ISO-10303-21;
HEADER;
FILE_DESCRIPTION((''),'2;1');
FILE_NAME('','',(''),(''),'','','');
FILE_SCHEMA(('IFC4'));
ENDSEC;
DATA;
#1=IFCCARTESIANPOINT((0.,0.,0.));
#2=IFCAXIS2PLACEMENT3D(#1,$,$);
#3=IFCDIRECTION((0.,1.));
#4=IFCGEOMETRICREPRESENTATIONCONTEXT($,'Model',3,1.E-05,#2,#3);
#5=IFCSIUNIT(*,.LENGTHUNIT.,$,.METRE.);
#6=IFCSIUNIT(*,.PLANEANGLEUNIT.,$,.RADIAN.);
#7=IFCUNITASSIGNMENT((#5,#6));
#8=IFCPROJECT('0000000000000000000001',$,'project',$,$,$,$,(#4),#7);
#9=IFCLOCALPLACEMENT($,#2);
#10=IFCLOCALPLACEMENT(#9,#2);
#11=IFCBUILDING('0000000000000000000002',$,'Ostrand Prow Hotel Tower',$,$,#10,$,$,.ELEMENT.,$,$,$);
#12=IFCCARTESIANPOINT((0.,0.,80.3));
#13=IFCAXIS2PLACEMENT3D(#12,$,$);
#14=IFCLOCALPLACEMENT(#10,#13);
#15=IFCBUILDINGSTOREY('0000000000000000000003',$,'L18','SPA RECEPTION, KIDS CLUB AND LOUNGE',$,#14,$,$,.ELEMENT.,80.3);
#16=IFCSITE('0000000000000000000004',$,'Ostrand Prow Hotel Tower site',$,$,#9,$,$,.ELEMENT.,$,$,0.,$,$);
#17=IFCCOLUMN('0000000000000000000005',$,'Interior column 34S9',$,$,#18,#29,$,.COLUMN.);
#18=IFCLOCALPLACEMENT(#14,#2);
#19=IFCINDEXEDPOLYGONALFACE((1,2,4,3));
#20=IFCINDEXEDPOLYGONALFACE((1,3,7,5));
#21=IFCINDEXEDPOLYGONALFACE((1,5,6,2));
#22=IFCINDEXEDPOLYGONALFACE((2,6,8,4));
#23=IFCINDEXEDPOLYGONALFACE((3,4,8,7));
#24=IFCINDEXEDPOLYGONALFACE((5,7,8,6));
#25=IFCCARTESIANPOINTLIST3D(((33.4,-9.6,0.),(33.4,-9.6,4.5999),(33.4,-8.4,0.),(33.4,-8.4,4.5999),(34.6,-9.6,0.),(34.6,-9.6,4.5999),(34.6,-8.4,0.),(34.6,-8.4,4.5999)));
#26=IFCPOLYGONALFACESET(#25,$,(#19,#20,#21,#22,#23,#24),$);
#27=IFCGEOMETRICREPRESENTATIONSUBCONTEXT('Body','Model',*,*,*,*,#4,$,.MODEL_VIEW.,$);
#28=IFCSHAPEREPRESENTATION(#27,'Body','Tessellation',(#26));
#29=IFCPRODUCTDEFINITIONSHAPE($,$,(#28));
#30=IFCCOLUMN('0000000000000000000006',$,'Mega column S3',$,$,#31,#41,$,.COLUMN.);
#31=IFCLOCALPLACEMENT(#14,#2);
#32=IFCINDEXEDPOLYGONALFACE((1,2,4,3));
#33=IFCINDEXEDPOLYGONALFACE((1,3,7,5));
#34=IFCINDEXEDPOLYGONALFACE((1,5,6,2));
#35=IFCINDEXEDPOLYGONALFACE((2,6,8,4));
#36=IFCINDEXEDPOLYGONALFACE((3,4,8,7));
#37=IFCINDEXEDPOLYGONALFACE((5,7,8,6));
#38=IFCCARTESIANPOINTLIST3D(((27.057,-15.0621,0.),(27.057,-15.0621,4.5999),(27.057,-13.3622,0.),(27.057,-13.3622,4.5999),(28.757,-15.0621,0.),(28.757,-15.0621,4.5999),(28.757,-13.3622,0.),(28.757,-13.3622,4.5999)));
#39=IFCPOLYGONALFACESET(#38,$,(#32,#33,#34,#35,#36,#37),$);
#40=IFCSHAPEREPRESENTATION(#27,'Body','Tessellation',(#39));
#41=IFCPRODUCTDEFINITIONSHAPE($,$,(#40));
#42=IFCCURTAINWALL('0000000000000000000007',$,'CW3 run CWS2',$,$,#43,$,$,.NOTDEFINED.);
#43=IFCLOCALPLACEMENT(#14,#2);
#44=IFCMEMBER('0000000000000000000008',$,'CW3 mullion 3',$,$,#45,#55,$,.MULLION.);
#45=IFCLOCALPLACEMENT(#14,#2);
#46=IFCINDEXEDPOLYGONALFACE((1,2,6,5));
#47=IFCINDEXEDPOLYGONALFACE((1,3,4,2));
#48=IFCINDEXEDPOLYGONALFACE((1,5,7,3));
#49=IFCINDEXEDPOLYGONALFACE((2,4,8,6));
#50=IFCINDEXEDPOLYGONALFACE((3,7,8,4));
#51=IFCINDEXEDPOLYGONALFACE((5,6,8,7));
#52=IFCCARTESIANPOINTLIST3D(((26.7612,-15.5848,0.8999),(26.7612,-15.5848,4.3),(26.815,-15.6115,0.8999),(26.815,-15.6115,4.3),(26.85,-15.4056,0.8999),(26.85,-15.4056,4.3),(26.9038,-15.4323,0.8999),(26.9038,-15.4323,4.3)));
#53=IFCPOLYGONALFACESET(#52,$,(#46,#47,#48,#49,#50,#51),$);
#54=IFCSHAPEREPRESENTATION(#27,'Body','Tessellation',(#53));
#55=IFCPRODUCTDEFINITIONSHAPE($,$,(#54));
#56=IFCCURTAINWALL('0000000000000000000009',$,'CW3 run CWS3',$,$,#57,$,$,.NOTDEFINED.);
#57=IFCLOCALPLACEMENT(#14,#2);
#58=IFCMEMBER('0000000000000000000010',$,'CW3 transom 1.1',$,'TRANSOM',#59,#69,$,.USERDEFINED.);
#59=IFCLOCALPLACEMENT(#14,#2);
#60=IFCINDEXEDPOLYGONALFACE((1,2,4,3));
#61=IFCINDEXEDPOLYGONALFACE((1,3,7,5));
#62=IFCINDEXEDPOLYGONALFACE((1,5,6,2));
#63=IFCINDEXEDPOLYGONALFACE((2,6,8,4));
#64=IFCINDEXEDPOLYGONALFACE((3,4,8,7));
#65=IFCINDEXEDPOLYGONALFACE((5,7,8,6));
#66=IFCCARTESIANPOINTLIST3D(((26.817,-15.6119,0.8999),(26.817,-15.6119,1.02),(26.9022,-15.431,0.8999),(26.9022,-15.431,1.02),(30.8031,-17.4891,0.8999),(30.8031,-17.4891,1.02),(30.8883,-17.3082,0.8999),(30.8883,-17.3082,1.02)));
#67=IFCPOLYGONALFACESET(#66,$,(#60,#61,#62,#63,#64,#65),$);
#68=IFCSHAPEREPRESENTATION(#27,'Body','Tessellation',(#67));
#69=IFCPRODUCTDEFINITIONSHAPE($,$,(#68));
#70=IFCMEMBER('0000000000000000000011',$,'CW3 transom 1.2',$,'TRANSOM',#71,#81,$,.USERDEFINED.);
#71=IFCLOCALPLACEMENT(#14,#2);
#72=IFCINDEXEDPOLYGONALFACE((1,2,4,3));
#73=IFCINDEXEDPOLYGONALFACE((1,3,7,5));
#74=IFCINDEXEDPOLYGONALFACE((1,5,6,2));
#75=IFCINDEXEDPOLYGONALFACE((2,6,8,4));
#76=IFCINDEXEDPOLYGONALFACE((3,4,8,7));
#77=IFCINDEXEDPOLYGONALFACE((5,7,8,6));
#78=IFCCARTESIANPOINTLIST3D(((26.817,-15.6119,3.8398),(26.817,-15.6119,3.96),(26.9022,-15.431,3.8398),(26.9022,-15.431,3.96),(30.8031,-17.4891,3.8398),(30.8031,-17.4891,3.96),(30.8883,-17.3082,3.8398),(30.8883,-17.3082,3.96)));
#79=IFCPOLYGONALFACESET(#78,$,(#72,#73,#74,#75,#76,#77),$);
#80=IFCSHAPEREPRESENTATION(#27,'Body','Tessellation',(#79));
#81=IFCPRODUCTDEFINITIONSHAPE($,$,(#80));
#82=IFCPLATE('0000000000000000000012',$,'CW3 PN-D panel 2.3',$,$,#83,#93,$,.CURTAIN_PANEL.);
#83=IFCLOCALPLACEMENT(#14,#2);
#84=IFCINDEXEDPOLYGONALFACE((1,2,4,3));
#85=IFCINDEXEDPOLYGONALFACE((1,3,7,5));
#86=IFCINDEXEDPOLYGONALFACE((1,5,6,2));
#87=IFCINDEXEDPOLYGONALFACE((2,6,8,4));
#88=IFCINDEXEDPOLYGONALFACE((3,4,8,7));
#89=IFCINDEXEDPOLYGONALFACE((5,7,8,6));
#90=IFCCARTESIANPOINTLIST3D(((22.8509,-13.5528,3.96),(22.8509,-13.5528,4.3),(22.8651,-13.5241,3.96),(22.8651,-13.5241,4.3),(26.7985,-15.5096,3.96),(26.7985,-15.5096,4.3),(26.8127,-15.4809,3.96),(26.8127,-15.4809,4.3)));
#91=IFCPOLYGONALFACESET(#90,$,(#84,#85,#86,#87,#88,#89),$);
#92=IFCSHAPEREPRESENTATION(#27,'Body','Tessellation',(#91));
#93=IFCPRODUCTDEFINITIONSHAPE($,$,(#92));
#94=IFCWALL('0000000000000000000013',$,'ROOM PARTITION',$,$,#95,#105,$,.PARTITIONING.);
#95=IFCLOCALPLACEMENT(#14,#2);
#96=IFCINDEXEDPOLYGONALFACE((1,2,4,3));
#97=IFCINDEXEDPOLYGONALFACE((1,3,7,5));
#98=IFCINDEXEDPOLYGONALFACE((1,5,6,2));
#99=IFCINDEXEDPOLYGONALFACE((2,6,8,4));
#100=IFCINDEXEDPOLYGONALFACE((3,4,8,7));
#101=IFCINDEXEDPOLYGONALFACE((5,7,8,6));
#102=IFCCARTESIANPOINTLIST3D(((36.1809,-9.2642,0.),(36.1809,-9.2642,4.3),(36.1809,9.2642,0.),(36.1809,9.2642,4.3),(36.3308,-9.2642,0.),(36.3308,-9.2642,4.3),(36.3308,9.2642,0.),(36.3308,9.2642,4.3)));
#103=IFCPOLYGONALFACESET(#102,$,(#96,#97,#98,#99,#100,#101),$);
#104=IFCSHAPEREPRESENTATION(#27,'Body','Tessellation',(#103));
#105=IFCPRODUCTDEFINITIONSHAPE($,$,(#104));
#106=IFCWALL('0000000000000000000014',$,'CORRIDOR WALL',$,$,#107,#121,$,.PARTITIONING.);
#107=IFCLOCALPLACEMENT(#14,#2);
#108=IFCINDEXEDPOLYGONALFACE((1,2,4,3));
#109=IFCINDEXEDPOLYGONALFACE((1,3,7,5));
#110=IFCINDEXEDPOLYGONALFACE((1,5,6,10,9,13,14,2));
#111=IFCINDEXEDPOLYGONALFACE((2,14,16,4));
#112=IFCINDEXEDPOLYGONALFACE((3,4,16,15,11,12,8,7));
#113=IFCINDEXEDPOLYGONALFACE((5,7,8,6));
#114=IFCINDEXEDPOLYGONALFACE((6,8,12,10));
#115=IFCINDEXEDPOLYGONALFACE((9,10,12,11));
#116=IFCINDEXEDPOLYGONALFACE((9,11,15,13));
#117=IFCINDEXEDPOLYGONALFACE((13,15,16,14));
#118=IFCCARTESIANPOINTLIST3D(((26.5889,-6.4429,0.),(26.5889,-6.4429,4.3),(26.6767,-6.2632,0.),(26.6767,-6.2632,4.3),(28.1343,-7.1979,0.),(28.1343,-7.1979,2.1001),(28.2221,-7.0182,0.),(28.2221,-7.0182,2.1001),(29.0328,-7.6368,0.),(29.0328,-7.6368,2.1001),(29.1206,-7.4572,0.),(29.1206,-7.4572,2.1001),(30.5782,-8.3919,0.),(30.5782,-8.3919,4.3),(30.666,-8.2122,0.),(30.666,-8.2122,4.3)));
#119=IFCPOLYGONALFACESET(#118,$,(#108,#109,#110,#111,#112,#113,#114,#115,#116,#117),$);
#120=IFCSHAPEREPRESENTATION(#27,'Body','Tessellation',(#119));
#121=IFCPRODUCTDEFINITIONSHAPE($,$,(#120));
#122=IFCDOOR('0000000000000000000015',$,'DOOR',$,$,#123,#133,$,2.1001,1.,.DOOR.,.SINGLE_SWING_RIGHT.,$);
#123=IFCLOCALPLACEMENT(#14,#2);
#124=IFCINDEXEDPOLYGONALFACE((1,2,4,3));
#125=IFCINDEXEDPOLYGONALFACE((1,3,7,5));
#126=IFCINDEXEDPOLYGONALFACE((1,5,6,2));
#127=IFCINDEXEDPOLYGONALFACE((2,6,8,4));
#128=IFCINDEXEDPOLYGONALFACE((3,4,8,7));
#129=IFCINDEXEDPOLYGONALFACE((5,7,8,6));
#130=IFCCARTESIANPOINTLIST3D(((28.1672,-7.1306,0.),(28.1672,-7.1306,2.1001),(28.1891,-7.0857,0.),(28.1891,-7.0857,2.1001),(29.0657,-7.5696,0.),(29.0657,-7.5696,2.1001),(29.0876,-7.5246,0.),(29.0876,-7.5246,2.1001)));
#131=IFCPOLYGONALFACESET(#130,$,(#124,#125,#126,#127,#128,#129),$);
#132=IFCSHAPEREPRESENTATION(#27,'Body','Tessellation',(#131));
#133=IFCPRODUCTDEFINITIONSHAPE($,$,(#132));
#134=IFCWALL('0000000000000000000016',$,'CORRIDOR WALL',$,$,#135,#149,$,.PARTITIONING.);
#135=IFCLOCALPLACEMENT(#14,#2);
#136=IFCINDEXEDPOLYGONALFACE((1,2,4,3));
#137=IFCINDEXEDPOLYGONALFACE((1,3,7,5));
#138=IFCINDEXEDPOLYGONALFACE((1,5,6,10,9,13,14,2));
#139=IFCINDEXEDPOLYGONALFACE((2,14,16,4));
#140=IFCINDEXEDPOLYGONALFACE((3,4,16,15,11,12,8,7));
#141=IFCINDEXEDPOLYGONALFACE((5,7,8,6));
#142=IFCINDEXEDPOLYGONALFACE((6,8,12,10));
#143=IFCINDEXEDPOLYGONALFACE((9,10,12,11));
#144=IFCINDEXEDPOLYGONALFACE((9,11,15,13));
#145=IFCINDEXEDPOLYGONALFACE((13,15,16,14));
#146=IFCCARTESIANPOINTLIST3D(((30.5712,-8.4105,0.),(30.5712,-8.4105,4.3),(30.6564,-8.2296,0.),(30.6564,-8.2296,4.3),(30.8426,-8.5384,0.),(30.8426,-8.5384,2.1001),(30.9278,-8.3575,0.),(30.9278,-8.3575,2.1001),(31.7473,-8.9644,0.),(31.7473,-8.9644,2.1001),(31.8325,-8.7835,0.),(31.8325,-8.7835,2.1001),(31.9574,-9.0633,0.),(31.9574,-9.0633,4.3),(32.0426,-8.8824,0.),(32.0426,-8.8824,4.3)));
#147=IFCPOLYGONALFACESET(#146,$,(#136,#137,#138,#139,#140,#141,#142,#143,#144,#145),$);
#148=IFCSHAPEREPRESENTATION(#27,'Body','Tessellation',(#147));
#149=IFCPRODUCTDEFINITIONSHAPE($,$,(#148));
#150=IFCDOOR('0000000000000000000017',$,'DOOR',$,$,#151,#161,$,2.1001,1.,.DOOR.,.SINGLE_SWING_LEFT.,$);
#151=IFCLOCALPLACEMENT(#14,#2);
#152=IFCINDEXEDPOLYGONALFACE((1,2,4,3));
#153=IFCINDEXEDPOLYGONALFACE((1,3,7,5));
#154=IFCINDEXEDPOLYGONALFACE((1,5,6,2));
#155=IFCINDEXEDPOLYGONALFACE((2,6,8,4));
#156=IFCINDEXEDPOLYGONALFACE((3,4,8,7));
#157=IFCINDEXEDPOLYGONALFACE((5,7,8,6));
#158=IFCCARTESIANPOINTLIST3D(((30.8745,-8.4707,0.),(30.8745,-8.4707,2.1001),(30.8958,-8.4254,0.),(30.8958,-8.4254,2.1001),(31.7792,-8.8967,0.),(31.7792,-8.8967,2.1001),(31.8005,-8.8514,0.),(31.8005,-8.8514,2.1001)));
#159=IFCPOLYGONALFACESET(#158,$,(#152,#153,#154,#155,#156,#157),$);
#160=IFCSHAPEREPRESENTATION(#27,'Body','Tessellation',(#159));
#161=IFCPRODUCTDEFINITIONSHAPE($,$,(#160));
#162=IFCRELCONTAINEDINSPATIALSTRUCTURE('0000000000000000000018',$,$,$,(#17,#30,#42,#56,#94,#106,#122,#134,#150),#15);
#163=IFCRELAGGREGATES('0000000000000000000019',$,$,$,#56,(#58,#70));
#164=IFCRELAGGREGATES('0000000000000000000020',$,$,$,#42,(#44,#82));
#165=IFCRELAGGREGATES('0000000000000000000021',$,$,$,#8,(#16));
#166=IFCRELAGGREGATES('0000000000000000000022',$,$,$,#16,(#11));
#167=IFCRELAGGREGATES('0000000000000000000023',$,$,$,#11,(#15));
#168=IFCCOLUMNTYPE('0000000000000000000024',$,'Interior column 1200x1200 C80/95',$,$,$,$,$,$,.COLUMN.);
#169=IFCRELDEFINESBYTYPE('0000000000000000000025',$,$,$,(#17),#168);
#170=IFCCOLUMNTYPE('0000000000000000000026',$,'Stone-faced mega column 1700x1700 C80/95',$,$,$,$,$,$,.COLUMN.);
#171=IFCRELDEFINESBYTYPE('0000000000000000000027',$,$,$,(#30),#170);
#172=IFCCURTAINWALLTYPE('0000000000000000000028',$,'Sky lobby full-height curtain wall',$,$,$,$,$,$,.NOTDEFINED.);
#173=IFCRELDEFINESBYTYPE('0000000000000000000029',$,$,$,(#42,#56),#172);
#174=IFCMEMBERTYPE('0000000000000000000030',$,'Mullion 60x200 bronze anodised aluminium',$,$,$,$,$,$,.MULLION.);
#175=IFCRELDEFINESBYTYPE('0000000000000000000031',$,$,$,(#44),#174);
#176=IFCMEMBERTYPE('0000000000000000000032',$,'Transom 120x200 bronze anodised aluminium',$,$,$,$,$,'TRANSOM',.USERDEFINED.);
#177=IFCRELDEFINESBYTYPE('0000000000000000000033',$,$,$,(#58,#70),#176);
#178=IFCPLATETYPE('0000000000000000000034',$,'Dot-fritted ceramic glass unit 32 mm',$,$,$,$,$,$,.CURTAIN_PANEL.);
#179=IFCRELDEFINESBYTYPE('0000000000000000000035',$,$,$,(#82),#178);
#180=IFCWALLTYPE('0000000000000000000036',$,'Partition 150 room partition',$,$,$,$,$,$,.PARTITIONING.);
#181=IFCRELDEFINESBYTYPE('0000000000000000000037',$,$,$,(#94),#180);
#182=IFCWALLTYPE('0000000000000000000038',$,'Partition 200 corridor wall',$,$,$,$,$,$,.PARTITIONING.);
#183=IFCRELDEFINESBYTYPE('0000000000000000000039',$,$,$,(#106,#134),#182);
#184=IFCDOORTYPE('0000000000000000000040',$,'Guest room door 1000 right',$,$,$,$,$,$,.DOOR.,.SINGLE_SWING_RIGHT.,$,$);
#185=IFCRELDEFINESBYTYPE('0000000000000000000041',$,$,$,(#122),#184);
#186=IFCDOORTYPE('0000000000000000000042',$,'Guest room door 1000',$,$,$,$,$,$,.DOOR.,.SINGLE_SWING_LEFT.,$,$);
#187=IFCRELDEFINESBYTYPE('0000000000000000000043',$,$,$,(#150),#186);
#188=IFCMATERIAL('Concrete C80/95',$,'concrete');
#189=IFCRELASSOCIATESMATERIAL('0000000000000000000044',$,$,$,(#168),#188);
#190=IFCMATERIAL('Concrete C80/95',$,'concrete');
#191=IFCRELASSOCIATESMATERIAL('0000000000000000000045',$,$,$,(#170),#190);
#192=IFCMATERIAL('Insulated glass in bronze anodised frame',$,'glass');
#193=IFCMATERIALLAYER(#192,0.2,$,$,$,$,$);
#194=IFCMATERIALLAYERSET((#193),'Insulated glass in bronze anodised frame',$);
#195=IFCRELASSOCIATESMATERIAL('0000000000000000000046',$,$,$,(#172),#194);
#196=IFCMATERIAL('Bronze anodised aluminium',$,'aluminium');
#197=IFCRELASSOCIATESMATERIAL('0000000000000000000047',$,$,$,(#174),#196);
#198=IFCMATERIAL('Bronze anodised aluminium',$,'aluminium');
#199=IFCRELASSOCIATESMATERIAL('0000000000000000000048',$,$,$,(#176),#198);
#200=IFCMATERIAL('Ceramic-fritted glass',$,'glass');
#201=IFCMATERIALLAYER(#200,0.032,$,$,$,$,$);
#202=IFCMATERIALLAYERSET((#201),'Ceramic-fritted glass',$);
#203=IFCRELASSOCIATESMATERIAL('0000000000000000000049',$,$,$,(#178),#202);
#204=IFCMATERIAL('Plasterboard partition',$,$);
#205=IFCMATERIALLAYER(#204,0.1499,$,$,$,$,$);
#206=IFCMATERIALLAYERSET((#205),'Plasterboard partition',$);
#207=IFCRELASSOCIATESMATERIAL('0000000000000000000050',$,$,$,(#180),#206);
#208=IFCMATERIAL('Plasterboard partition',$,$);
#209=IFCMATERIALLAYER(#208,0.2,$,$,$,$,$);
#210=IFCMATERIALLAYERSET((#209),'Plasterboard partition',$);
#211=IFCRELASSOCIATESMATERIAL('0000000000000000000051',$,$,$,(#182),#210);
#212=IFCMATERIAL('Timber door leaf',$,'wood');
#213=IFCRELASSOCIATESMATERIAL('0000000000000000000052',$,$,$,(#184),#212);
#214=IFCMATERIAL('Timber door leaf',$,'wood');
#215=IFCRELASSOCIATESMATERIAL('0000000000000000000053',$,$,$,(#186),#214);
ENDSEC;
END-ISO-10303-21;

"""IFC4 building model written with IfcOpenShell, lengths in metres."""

from ifc_helpers import new_model, si_unit, direction, frame, frame_2d, origin, origin_2d, place, context, subcontext, project, spatial, rectangle, extrude, material, layer, layer_set, material_profile, profile_set, type_object, element, fill, aggregate, save


model = new_model("IFC4")

# Units and contexts
model_context = context("Model", 3, precision=1e-05, world=origin(), true_north=direction((0.0, 1.0)))
body_context = subcontext(model_context, "Body", "Model", "MODEL_VIEW")
ifc_project = project(units=[si_unit("LENGTHUNIT", "METRE"), si_unit("PLANEANGLEUNIT", "RADIAN")], contexts=[model_context])

# Site, building, storey
site_placement = place(None, origin())
site = spatial("IfcSite", under=ifc_project, at=site_placement, Name="Ostrand Prow Hotel Tower site", CompositionType="ELEMENT", RefElevation=0.0)
building_placement = place(site_placement, origin())
building = spatial("IfcBuilding", under=site, at=building_placement, Name="Ostrand Prow Hotel Tower", CompositionType="ELEMENT")
storey_placement = place(building_placement, frame((0.0, 0.0, 80.3)))
storey = spatial("IfcBuildingStorey", under=building, at=storey_placement, Name="L18", Description="SPA RECEPTION, KIDS CLUB AND LOUNGE", CompositionType="ELEMENT", Elevation=80.3)

# Columns
ifc_material_1 = material(Name="Concrete C80/95", Category="concrete")
ifc_material_profile_1 = material_profile(ifc_material_1, rectangle(XDim=1.2, YDim=1.2, at=origin_2d()), Name="RC 1200x1200")
ifc_profile_set_1 = profile_set([ifc_material_profile_1], Name="Concrete C80/95")
column_type_1 = type_object("IfcColumnType", Name="Interior column 1200x1200 C80/95", PredefinedType="COLUMN", material=ifc_profile_set_1)
column_1_placement = place(storey_placement, frame((34.0, -9.0, 0.0), z_axis=(0.0, 0.0, 1.0), x_axis=(1.0, 0.0, 0.0)))
element("IfcColumn", 1, at=column_1_placement, inside=storey, type_object=column_type_1, Name="Interior column 34S9", PredefinedType="COLUMN", context=body_context, shape_type="SweptSolid", body=[
    extrude(rectangle(XDim=1.2, YDim=1.2, at=origin_2d()), origin(), (0.0, 0.0, 1.0), 4.5999),
])
ifc_material_2 = material(Name="Concrete C80/95", Category="concrete")
ifc_material_profile_2 = material_profile(ifc_material_2, rectangle(XDim=1.7, YDim=1.7, at=origin_2d()), Name="RC 1700x1700")
ifc_profile_set_2 = profile_set([ifc_material_profile_2], Name="Concrete C80/95")
column_type_2 = type_object("IfcColumnType", Name="Stone-faced mega column 1700x1700 C80/95", PredefinedType="COLUMN", material=ifc_profile_set_2)
column_2_placement = place(storey_placement, frame((27.907, -14.2122, 0.0), z_axis=(0.0, 0.0, 1.0), x_axis=(1.0, 0.0, 0.0)))
element("IfcColumn", 2, at=column_2_placement, inside=storey, type_object=column_type_2, Name="Mega column S3", PredefinedType="COLUMN", context=body_context, shape_type="SweptSolid", body=[
    extrude(rectangle(XDim=1.7, YDim=1.7, at=origin_2d()), origin(), (0.0, 0.0, 1.0), 4.5999),
])

# Curtain wall, member
ifc_material_3 = material(Name="Insulated glass in bronze anodised frame", Category="glass")
ifc_layer_1 = layer(ifc_material_3, 0.2)
ifc_layer_set_1 = layer_set([ifc_layer_1], Name="Insulated glass in bronze anodised frame")
curtain_wall_type = type_object("IfcCurtainWallType", Name="Sky lobby full-height curtain wall", PredefinedType="NOTDEFINED", material=ifc_layer_set_1)
curtain_wall_1_placement = place(storey_placement, origin())
curtain_wall_1 = element("IfcCurtainWall", 3, at=curtain_wall_1_placement, inside=storey, type_object=curtain_wall_type, Name="CW3 run CWS2", PredefinedType="NOTDEFINED")
ifc_material_4 = material(Name="Bronze anodised aluminium", Category="aluminium")
ifc_material_profile_3 = material_profile(ifc_material_4, rectangle(XDim=0.2, YDim=0.0601, at=origin_2d()), Name="Mullion 60x200 bronze anodised aluminium")
ifc_profile_set_3 = profile_set([ifc_material_profile_3], Name="Bronze anodised aluminium")
member_type_1 = type_object("IfcMemberType", Name="Mullion 60x200 bronze anodised aluminium", PredefinedType="MULLION", material=ifc_profile_set_3)
member_1_placement = place(storey_placement, frame((26.8325, -15.5085, 0.8999), z_axis=(0.0, 0.0, 1.0), x_axis=(0.444113, 0.895971, 0.0)))
member_1 = element("IfcMember", 4, at=member_1_placement, type_object=member_type_1, Name="CW3 mullion 3", PredefinedType="MULLION", context=body_context, shape_type="SweptSolid", body=[
    extrude(rectangle(XDim=0.2, YDim=0.0601, at=origin_2d()), origin(), (0.0, 0.0, 1.0), 3.4001),
])

# Curtain wall, members
curtain_wall_2_placement = place(storey_placement, origin())
curtain_wall_2 = element("IfcCurtainWall", 5, at=curtain_wall_2_placement, inside=storey, type_object=curtain_wall_type, Name="CW3 run CWS3", PredefinedType="NOTDEFINED")
ifc_material_5 = material(Name="Bronze anodised aluminium", Category="aluminium")
ifc_material_profile_4 = material_profile(ifc_material_5, rectangle(XDim=0.2, YDim=0.1201, at=origin_2d()), Name="Transom 120x200 bronze anodised aluminium")
ifc_profile_set_4 = profile_set([ifc_material_profile_4], Name="Bronze anodised aluminium")
member_type_2 = type_object("IfcMemberType", Name="Transom 120x200 bronze anodised aluminium", ElementType="TRANSOM", PredefinedType="USERDEFINED", material=ifc_profile_set_4)
member_2_placement = place(storey_placement, frame((26.8596, -15.5215, 0.96), z_axis=(0.904697, -0.426056, 0.0), x_axis=(0.426056, 0.904697, 0.0)))
member_2 = element("IfcMember", 6, at=member_2_placement, type_object=member_type_2, Name="CW3 transom 1.1", ObjectType="TRANSOM", PredefinedType="USERDEFINED", context=body_context, shape_type="SweptSolid", body=[
    extrude(rectangle(XDim=0.2, YDim=0.1201, at=origin_2d()), origin(), (0.0, 0.0, 1.0), 4.406),
])
member_3_placement = place(storey_placement, frame((26.8596, -15.5215, 3.8999), z_axis=(0.904697, -0.426056, 0.0), x_axis=(0.426056, 0.904697, 0.0)))
member_3 = element("IfcMember", 7, at=member_3_placement, type_object=member_type_2, Name="CW3 transom 1.2", ObjectType="TRANSOM", PredefinedType="USERDEFINED", context=body_context, shape_type="SweptSolid", body=[
    extrude(rectangle(XDim=0.2, YDim=0.1201, at=origin_2d()), origin(), (0.0, 0.0, 1.0), 4.406),
])
aggregate(curtain_wall_2, [member_2, member_3])

# Plate
ifc_material_6 = material(Name="Ceramic-fritted glass", Category="glass")
ifc_layer_2 = layer(ifc_material_6, 0.032)
ifc_layer_set_2 = layer_set([ifc_layer_2], Name="Ceramic-fritted glass")
plate_type = type_object("IfcPlateType", Name="Dot-fritted ceramic glass unit 32 mm", PredefinedType="CURTAIN_PANEL", material=ifc_layer_set_2)
plate_placement = place(storey_placement, frame((24.8318, -14.5168, 3.96), z_axis=(0.0, 0.0, 1.0), x_axis=(0.895971, -0.444113, 0.0)))
plate = element("IfcPlate", 8, at=plate_placement, type_object=plate_type, Name="CW3 PN-D panel 2.3", PredefinedType="CURTAIN_PANEL", context=body_context, shape_type="SweptSolid", body=[
    extrude(rectangle(XDim=4.406, YDim=0.032, at=origin_2d()), origin(), (0.0, 0.0, 1.0), 0.3401),
])
aggregate(curtain_wall_1, [member_1, plate])

# Wall
ifc_material_7 = material(Name="Plasterboard partition")
ifc_layer_3 = layer(ifc_material_7, 0.1499)
ifc_layer_set_3 = layer_set([ifc_layer_3], Name="Plasterboard partition")
wall_type_1 = type_object("IfcWallType", Name="Partition 150 room partition", PredefinedType="PARTITIONING", material=ifc_layer_set_3)
wall_1_placement = place(storey_placement, frame((36.2559, -9.2642, 0.0), z_axis=(0.0, 0.0, 1.0), x_axis=(0.0, 1.0, 0.0)))
element("IfcWall", 9, at=wall_1_placement, inside=storey, type_object=wall_type_1, Name="ROOM PARTITION", PredefinedType="PARTITIONING", context=body_context, shape_type="SweptSolid", body=[
    extrude(rectangle(XDim=18.5283, YDim=0.1499, at=frame_2d((9.2642, 0.0))), origin(), (0.0, 0.0, 1.0), 4.3),
])

# Walls, openings, doors
ifc_material_8 = material(Name="Plasterboard partition")
ifc_layer_4 = layer(ifc_material_8, 0.2)
ifc_layer_set_4 = layer_set([ifc_layer_4], Name="Plasterboard partition")
wall_type_2 = type_object("IfcWallType", Name="Partition 200 corridor wall", PredefinedType="PARTITIONING", material=ifc_layer_set_4)
wall_2_placement = place(storey_placement, frame((26.6328, -6.353, 0.0), z_axis=(0.0, 0.0, 1.0), x_axis=(0.898502, -0.438968, 0.0)))
wall_2 = element("IfcWall", 10, at=wall_2_placement, inside=storey, type_object=wall_type_2, Name="CORRIDOR WALL", PredefinedType="PARTITIONING", context=body_context, shape_type="SweptSolid", body=[
    extrude(rectangle(XDim=4.4399, YDim=0.2, at=frame_2d((2.22, 0.0))), origin(), (0.0, 0.0, 1.0), 4.3),
])
opening_1_placement = place(wall_2_placement, frame((1.72, 0.0, 0.0)))
opening_1 = element("IfcOpeningElement", 11, at=opening_1_placement, cuts=wall_2, PredefinedType="OPENING", context=body_context, shape_type="SweptSolid", body=[
    extrude(rectangle(XDim=1.0, YDim=2.1001, at=frame_2d((0.5, 1.05))), frame((0.0, 0.1099, 0.0), z_axis=(0.0, -1.0, 0.0), x_axis=(1.0, 0.0, 0.0)), (0.0, 0.0, 1.0), 0.22),
])
ifc_material_9 = material(Name="Timber door leaf", Category="wood")
door_type_1 = type_object("IfcDoorType", Name="Guest room door 1000 right", OperationType="SINGLE_SWING_RIGHT", PredefinedType="DOOR", material=ifc_material_9)
door_1_placement = place(opening_1_placement, origin())
door_1 = element("IfcDoor", 12, at=door_1_placement, inside=storey, type_object=door_type_1, Name="DOOR", OperationType="SINGLE_SWING_RIGHT", OverallHeight=2.1001, OverallWidth=1.0, PredefinedType="DOOR", context=body_context, shape_type="SweptSolid", body=[
    extrude(rectangle(XDim=1.0, YDim=2.1001, at=frame_2d((0.5, 1.05))), frame((0.0, 0.0249, 0.0), z_axis=(0.0, -1.0, 0.0), x_axis=(1.0, 0.0, 0.0)), (0.0, 0.0, 1.0), 0.05),
])
fill(opening_1, door_1)
wall_3_placement = place(storey_placement, frame((30.6138, -8.3201, 0.0), z_axis=(0.0, 0.0, 1.0), x_axis=(0.904696, -0.426058, 0.0)))
wall_3 = element("IfcWall", 13, at=wall_3_placement, inside=storey, type_object=wall_type_2, Name="CORRIDOR WALL", PredefinedType="PARTITIONING", context=body_context, shape_type="SweptSolid", body=[
    extrude(rectangle(XDim=1.5322, YDim=0.2, at=frame_2d((0.7661, 0.0))), origin(), (0.0, 0.0, 1.0), 4.3),
])
opening_2_placement = place(wall_3_placement, frame((0.3, 0.0, 0.0)))
opening_2 = element("IfcOpeningElement", 14, at=opening_2_placement, cuts=wall_3, PredefinedType="OPENING", context=body_context, shape_type="SweptSolid", body=[
    extrude(rectangle(XDim=1.0, YDim=2.1001, at=frame_2d((0.5, 1.05))), frame((0.0, 0.1099, 0.0), z_axis=(0.0, -1.0, 0.0), x_axis=(1.0, 0.0, 0.0)), (0.0, 0.0, 1.0), 0.22),
])
ifc_material_10 = material(Name="Timber door leaf", Category="wood")
door_type_2 = type_object("IfcDoorType", Name="Guest room door 1000", OperationType="SINGLE_SWING_LEFT", PredefinedType="DOOR", material=ifc_material_10)
door_2_placement = place(opening_2_placement, origin())
door_2 = element("IfcDoor", 15, at=door_2_placement, inside=storey, type_object=door_type_2, Name="DOOR", OperationType="SINGLE_SWING_LEFT", OverallHeight=2.1001, OverallWidth=1.0, PredefinedType="DOOR", context=body_context, shape_type="SweptSolid", body=[
    extrude(rectangle(XDim=1.0, YDim=2.1001, at=frame_2d((0.5, 1.05))), frame((0.0, 0.0249, 0.0), z_axis=(0.0, -1.0, 0.0), x_axis=(1.0, 0.0, 0.0)), (0.0, 0.0, 1.0), 0.05),
])
fill(opening_2, door_2)

save(model, "model.ifc")
